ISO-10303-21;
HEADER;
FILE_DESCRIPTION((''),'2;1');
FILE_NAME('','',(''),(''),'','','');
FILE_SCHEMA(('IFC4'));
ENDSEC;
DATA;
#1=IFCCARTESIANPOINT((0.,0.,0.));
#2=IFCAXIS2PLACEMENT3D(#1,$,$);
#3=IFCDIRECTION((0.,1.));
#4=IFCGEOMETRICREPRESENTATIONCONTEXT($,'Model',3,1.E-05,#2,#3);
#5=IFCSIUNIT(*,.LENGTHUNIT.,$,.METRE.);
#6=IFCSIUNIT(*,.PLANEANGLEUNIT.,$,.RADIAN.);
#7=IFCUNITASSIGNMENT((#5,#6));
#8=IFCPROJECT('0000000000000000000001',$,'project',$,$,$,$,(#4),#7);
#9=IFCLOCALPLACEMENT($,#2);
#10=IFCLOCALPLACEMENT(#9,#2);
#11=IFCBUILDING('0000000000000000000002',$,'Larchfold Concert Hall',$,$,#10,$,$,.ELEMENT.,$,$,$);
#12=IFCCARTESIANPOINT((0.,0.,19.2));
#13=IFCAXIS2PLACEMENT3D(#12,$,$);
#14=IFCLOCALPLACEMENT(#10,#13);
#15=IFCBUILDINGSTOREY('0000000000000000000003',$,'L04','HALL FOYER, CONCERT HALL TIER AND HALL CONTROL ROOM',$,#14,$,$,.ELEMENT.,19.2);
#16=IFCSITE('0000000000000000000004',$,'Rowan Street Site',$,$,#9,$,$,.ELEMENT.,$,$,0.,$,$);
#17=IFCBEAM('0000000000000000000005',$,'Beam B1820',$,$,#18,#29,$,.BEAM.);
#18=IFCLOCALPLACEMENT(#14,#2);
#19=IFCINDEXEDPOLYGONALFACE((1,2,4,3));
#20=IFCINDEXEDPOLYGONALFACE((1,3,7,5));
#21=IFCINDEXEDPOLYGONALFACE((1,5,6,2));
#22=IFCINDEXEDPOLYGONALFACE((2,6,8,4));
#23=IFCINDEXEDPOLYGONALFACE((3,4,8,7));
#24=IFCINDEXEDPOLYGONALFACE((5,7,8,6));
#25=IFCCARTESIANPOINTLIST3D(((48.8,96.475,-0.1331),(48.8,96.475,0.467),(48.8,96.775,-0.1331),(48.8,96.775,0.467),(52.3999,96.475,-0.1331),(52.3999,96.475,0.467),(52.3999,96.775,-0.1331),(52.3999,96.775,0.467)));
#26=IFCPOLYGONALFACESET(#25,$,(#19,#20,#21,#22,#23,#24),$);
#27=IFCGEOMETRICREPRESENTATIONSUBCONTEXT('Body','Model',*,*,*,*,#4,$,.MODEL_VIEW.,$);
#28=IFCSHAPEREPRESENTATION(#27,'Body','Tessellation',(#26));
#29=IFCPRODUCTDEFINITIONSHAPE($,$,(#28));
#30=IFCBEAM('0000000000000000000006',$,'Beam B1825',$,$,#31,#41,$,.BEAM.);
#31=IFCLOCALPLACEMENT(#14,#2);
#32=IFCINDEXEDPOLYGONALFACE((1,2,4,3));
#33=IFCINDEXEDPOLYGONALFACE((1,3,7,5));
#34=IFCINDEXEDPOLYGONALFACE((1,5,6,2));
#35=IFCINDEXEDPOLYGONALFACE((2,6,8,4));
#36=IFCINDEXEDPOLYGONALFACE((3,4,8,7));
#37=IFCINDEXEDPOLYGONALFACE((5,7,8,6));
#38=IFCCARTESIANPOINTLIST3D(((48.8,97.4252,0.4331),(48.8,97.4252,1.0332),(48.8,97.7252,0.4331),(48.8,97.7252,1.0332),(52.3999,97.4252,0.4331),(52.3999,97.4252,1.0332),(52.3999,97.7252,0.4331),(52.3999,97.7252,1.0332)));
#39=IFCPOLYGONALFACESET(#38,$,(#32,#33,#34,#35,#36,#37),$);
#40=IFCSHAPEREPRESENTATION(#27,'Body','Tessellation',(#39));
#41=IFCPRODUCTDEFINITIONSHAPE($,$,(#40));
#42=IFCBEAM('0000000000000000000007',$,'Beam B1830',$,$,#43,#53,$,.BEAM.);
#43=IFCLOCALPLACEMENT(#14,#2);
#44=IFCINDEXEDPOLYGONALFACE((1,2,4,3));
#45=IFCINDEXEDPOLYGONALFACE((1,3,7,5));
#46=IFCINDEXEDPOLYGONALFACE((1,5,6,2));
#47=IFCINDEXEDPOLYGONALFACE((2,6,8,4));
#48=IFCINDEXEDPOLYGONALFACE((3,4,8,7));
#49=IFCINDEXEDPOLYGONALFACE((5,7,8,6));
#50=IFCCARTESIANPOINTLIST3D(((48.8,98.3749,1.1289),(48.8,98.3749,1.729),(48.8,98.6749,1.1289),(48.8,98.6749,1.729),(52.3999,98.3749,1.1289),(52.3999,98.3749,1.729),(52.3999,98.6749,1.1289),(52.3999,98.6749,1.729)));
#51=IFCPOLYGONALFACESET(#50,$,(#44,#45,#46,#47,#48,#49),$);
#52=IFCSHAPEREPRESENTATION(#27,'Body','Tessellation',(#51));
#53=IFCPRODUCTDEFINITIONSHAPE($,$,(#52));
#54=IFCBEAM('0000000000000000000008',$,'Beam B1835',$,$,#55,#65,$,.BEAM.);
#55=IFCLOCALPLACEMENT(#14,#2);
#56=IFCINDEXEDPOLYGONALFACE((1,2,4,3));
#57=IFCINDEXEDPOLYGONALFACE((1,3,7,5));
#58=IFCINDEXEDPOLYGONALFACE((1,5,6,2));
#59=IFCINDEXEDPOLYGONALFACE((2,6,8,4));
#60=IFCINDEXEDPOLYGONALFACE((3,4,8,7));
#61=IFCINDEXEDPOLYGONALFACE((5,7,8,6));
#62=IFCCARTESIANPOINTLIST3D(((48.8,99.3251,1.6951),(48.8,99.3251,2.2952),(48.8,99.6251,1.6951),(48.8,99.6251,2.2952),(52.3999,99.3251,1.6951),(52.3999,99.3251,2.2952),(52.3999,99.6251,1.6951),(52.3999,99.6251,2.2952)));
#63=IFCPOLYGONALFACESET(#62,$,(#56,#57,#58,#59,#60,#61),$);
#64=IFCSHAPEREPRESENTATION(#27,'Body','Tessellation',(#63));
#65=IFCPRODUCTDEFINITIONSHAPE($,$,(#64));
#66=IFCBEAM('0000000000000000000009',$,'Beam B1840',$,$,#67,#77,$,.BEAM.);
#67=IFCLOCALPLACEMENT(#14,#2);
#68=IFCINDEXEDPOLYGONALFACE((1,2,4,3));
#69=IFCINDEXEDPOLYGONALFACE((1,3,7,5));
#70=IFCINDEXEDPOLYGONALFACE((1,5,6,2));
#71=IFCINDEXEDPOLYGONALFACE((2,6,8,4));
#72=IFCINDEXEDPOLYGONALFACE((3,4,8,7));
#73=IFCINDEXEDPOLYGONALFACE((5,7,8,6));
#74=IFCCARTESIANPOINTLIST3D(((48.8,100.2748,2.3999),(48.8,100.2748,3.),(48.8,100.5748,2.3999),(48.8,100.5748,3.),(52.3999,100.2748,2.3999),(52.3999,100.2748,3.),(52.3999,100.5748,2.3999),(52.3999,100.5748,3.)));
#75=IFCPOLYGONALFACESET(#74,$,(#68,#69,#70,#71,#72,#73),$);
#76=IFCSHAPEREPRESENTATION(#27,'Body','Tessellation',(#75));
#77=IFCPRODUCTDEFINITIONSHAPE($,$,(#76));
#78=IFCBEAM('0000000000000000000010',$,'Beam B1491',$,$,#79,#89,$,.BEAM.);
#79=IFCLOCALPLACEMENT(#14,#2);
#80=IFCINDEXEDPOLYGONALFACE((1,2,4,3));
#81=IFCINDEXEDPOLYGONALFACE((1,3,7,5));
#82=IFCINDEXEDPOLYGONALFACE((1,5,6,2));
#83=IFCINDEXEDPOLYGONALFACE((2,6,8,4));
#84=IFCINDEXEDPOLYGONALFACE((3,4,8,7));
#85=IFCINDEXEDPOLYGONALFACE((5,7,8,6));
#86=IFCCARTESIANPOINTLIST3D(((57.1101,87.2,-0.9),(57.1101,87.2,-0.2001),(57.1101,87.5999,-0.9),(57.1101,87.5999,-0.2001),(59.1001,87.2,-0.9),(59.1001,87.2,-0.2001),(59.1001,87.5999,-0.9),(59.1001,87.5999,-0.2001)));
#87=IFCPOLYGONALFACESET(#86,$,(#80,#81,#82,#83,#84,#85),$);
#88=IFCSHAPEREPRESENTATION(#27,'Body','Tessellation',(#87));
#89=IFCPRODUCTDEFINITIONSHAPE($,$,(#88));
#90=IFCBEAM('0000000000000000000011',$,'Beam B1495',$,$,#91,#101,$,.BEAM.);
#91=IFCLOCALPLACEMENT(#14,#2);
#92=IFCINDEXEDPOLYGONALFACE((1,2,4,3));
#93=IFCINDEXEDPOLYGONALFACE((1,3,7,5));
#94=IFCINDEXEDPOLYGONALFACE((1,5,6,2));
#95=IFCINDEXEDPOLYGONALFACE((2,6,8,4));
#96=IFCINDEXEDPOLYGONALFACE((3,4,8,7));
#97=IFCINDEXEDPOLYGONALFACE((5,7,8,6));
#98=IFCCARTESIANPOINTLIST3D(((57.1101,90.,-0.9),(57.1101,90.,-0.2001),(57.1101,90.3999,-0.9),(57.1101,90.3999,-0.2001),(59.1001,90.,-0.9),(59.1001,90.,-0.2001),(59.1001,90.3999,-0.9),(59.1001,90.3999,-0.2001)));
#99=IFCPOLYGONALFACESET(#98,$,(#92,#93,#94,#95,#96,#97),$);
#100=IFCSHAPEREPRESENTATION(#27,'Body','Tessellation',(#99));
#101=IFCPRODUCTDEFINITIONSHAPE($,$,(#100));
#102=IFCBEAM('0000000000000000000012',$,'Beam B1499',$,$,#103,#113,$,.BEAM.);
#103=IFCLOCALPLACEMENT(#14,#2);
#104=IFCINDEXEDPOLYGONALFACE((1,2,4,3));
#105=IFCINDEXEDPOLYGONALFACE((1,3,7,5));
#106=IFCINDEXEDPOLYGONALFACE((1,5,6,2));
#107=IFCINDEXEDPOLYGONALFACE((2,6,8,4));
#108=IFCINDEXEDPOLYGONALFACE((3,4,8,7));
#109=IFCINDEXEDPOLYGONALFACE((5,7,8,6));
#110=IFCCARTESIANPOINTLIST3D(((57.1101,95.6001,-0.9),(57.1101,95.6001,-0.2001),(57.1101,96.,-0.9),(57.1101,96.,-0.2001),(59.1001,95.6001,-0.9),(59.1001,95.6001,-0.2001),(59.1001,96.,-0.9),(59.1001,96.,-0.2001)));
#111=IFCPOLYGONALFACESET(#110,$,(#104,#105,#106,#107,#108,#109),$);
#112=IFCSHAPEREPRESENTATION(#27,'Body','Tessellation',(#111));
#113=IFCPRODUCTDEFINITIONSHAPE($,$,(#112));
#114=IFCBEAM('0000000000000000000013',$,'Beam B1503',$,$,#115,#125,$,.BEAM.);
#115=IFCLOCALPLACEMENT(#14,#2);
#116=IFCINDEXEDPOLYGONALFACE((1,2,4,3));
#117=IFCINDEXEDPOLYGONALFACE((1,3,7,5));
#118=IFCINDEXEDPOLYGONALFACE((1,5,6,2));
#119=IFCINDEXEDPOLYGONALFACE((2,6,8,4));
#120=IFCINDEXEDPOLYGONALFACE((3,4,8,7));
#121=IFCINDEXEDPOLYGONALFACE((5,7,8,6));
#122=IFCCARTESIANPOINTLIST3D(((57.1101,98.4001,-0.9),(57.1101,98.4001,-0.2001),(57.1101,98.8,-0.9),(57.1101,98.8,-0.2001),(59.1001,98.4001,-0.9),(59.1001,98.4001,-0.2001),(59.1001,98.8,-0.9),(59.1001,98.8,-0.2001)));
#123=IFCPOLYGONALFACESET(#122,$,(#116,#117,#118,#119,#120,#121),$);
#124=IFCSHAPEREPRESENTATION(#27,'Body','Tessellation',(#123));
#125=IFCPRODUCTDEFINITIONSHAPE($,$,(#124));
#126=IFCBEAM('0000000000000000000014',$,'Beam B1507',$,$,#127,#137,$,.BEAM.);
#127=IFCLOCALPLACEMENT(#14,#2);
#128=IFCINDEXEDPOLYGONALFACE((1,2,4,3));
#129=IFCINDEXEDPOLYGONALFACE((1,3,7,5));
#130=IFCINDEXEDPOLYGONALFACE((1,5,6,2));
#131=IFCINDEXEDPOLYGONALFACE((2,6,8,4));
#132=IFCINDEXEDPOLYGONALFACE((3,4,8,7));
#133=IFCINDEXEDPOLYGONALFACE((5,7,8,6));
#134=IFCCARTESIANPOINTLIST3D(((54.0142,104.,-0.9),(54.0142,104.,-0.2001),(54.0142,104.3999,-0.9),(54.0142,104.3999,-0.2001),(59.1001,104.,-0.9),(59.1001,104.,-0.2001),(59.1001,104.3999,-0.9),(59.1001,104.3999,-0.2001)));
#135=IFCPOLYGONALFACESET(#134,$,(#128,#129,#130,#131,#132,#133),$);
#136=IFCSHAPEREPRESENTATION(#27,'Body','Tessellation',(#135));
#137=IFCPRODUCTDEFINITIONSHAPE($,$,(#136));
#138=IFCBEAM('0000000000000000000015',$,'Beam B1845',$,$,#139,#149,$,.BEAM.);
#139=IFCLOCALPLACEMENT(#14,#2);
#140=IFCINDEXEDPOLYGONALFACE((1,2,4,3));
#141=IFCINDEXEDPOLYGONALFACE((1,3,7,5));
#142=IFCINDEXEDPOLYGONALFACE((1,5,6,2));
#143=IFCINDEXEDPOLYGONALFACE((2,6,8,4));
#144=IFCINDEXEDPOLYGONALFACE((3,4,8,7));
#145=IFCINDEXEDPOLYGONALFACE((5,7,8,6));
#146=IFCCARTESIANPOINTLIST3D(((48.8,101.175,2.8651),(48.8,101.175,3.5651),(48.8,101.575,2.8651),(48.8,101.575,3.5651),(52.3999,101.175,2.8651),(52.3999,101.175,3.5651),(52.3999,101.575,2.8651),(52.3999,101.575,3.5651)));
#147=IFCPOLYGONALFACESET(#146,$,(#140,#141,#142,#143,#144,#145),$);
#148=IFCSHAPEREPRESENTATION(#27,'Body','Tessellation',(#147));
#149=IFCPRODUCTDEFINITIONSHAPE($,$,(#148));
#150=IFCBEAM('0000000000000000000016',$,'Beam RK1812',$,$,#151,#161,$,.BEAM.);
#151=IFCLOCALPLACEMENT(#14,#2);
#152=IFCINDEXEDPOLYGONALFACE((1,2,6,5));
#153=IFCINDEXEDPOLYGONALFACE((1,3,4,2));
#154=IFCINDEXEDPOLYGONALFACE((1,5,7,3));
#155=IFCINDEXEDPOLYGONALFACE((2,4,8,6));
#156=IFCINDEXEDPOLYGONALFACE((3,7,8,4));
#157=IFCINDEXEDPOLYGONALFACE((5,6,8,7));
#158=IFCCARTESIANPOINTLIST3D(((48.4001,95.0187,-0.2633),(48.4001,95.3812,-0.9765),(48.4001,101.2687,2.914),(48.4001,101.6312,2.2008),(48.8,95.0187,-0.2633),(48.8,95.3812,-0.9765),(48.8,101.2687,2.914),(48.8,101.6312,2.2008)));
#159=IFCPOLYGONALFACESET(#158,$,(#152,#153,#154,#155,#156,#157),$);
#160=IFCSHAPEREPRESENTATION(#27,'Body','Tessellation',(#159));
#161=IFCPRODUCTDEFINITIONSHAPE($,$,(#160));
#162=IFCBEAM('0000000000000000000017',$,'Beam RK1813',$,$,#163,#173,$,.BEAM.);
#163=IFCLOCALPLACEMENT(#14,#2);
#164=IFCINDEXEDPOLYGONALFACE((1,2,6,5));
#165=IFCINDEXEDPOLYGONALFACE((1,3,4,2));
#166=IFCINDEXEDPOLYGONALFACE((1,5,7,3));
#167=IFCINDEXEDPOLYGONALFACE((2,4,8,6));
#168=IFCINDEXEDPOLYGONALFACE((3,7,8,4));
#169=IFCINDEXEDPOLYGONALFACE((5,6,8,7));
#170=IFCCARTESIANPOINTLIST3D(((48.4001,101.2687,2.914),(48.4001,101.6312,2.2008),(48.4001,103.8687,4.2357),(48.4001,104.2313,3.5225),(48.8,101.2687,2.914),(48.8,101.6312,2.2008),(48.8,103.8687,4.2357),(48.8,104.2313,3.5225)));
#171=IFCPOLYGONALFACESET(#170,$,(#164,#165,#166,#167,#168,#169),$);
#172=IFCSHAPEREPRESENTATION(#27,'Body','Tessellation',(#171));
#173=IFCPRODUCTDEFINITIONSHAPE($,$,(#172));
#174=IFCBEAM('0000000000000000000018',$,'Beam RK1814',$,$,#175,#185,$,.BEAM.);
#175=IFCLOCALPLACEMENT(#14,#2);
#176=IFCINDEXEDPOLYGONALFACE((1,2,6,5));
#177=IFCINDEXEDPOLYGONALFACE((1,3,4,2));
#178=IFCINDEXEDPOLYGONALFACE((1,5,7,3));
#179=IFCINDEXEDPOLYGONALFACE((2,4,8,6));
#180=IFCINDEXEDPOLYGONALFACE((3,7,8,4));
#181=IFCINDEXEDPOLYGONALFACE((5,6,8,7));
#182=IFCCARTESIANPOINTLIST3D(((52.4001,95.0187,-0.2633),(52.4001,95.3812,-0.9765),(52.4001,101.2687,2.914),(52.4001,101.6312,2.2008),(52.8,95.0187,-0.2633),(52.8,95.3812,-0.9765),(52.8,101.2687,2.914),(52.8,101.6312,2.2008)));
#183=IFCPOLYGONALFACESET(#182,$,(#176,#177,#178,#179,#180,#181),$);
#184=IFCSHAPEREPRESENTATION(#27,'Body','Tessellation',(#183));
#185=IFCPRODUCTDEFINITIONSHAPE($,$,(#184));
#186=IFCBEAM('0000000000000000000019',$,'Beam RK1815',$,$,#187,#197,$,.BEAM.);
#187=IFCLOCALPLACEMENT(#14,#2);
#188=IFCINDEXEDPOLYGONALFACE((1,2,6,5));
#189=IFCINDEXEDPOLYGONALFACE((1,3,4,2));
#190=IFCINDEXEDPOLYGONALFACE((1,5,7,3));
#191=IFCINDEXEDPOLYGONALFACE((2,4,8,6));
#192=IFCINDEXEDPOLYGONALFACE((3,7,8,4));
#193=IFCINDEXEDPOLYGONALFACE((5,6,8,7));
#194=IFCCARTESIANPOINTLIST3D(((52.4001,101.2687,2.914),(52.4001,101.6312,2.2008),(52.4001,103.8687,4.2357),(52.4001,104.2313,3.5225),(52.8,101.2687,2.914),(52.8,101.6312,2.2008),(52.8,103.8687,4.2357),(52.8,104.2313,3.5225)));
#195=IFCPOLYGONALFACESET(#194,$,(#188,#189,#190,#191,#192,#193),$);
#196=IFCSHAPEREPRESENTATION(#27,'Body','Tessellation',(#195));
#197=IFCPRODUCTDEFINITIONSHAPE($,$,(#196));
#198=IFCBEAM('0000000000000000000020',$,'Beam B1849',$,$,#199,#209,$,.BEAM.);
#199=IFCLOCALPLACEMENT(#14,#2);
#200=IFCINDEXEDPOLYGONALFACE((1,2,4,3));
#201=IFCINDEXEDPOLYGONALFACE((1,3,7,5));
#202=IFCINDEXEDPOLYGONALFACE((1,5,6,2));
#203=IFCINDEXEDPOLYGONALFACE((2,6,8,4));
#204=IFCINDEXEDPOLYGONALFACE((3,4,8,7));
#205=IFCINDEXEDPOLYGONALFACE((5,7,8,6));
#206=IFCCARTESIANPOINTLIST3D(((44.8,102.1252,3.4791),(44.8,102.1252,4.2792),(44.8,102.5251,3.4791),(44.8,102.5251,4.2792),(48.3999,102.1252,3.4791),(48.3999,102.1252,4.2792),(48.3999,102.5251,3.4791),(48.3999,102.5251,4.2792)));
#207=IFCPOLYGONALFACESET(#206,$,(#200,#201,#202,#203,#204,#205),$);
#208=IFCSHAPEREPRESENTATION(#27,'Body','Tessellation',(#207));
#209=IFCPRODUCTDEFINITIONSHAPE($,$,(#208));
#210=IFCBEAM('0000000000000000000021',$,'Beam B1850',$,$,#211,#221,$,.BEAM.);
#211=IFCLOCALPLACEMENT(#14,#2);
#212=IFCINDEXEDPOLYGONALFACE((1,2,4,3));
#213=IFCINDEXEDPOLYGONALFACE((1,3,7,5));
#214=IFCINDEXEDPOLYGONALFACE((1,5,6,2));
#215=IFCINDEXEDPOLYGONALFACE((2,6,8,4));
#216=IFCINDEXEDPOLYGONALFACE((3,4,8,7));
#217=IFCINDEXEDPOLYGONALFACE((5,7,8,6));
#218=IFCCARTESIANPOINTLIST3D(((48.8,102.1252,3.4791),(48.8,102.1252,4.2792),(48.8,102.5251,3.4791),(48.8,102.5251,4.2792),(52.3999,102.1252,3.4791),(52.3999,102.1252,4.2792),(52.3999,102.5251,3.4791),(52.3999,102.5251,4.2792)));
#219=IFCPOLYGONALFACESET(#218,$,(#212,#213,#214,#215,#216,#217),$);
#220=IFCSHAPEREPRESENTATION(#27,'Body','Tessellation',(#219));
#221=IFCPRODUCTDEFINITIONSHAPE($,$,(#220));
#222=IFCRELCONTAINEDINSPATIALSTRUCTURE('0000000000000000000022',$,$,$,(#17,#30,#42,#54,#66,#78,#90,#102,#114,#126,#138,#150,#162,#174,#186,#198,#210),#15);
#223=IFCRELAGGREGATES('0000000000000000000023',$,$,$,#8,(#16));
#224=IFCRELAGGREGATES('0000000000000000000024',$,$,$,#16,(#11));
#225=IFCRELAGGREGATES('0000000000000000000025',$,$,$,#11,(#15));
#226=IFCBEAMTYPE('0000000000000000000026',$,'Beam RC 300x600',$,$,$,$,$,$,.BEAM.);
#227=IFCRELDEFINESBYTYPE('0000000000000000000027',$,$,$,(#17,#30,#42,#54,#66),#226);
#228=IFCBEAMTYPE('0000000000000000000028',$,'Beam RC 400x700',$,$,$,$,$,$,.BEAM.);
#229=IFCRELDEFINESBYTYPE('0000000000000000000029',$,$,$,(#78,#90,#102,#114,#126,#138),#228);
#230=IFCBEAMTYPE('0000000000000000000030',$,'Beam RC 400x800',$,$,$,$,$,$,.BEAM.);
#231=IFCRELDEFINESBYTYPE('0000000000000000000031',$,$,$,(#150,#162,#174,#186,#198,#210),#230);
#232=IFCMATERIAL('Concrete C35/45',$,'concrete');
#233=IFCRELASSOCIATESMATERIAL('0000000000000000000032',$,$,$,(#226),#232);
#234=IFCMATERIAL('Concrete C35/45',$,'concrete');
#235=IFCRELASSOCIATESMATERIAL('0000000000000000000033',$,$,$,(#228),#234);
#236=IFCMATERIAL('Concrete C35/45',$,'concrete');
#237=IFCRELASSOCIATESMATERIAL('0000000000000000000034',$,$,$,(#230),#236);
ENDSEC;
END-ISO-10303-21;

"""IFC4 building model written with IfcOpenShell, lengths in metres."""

from ifc_helpers import new_model, si_unit, direction, frame, origin, origin_2d, place, context, subcontext, project, spatial, rectangle, extrude, material, material_profile, profile_set, type_object, element, save


model = new_model("IFC4")

# Units and contexts
model_context = context("Model", 3, precision=1e-05, world=origin(), true_north=direction((0.0, 1.0)))
body_context = subcontext(model_context, "Body", "Model", "MODEL_VIEW")
ifc_project = project(units=[si_unit("LENGTHUNIT", "METRE"), si_unit("PLANEANGLEUNIT", "RADIAN")], contexts=[model_context])

# Site, building, storey
site_placement = place(None, origin())
site = spatial("IfcSite", under=ifc_project, at=site_placement, Name="Rowan Street Site", CompositionType="ELEMENT", RefElevation=0.0)
building_placement = place(site_placement, origin())
building = spatial("IfcBuilding", under=site, at=building_placement, Name="Larchfold Concert Hall", CompositionType="ELEMENT")
storey_placement = place(building_placement, frame((0.0, 0.0, 19.2)))
storey = spatial("IfcBuildingStorey", under=building, at=storey_placement, Name="L04", Description="HALL FOYER, CONCERT HALL TIER AND HALL CONTROL ROOM", CompositionType="ELEMENT", Elevation=19.2)

# Beams
ifc_material_1 = material(Name="Concrete C35/45", Category="concrete")
ifc_material_profile_1 = material_profile(ifc_material_1, rectangle(XDim=0.3, YDim=0.6001, at=origin_2d()))
ifc_profile_set_1 = profile_set([ifc_material_profile_1], Name="Concrete C35/45")
beam_type_1 = type_object("IfcBeamType", Name="Beam RC 300x600", PredefinedType="BEAM", material=ifc_profile_set_1)
for number, where, z_axis, x_axis, name in (
    (1, (48.8, 96.625, 0.167), (1.0, 0.0, 0.0), (0.0, 1.0, 0.0), "Beam B1820"),
    (2, (48.8, 97.5752, 0.7332), (1.0, 0.0, 0.0), (0.0, 1.0, 0.0), "Beam B1825"),
    (3, (48.8, 98.5249, 1.429), (1.0, 0.0, 0.0), (0.0, 1.0, 0.0), "Beam B1830"),
    (4, (48.8, 99.4751, 1.9951), (1.0, 0.0, 0.0), (0.0, 1.0, 0.0), "Beam B1835"),
    (5, (48.8, 100.4248, 2.7), (1.0, 0.0, 0.0), (0.0, 1.0, 0.0), "Beam B1840"),
):
    element("IfcBeam", number, at=place(storey_placement, frame(where, z_axis=z_axis, x_axis=x_axis)), inside=storey, type_object=beam_type_1, Name=name, PredefinedType="BEAM", context=body_context, shape_type="SweptSolid", body=[
        extrude(rectangle(XDim=0.3, YDim=0.6001, at=origin_2d()), origin(), (0.0, 0.0, 1.0), 3.5999),
    ])
ifc_material_2 = material(Name="Concrete C35/45", Category="concrete")
ifc_material_profile_2 = material_profile(ifc_material_2, rectangle(XDim=0.3999, YDim=0.7, at=origin_2d()))
ifc_profile_set_2 = profile_set([ifc_material_profile_2], Name="Concrete C35/45")
beam_type_2 = type_object("IfcBeamType", Name="Beam RC 400x700", PredefinedType="BEAM", material=ifc_profile_set_2)
for number, where, z_axis, x_axis, name in (
    (6, (57.1101, 87.3999, -0.55), (1.0, 0.0, 0.0), (0.0, 1.0, 0.0), "Beam B1491"),
    (7, (57.1101, 90.2, -0.55), (1.0, 0.0, 0.0), (0.0, 1.0, 0.0), "Beam B1495"),
    (8, (57.1101, 95.8, -0.55), (1.0, 0.0, 0.0), (0.0, 1.0, 0.0), "Beam B1499"),
    (9, (57.1101, 98.6001, -0.55), (1.0, 0.0, 0.0), (0.0, 1.0, 0.0), "Beam B1503"),
):
    element("IfcBeam", number, at=place(storey_placement, frame(where, z_axis=z_axis, x_axis=x_axis)), inside=storey, type_object=beam_type_2, Name=name, PredefinedType="BEAM", context=body_context, shape_type="SweptSolid", body=[
        extrude(rectangle(XDim=0.3999, YDim=0.7, at=origin_2d()), origin(), (0.0, 0.0, 1.0), 1.99),
    ])
beam_1_placement = place(storey_placement, frame((54.0142, 104.2, -0.55), z_axis=(1.0, 0.0, 0.0), x_axis=(0.0, 1.0, 0.0)))
element("IfcBeam", 10, at=beam_1_placement, inside=storey, type_object=beam_type_2, Name="Beam B1507", PredefinedType="BEAM", context=body_context, shape_type="SweptSolid", body=[
    extrude(rectangle(XDim=0.3999, YDim=0.7, at=origin_2d()), origin(), (0.0, 0.0, 1.0), 5.0859),
])
beam_2_placement = place(storey_placement, frame((48.8, 101.375, 3.2151), z_axis=(1.0, 0.0, 0.0), x_axis=(0.0, 1.0, 0.0)))
element("IfcBeam", 11, at=beam_2_placement, inside=storey, type_object=beam_type_2, Name="Beam B1845", PredefinedType="BEAM", context=body_context, shape_type="SweptSolid", body=[
    extrude(rectangle(XDim=0.3999, YDim=0.7, at=origin_2d()), origin(), (0.0, 0.0, 1.0), 3.5999),
])
ifc_material_3 = material(Name="Concrete C35/45", Category="concrete")
ifc_material_profile_3 = material_profile(ifc_material_3, rectangle(XDim=0.3999, YDim=0.8, at=origin_2d()))
ifc_profile_set_3 = profile_set([ifc_material_profile_3], Name="Concrete C35/45")
beam_type_3 = type_object("IfcBeamType", Name="Beam RC 400x800", PredefinedType="BEAM", material=ifc_profile_set_3)
beam_3_placement = place(storey_placement, frame((48.6001, 95.2, -0.6199), z_axis=(0.0, 0.891427, 0.453165), x_axis=(-1.0, 0.0, 0.0)))
element("IfcBeam", 12, at=beam_3_placement, inside=storey, type_object=beam_type_3, Name="Beam RK1812", PredefinedType="BEAM", context=body_context, shape_type="SweptSolid", body=[
    extrude(rectangle(XDim=0.3999, YDim=0.8, at=origin_2d()), origin(), (0.0, 0.0, 1.0), 7.0112),
])
beam_4_placement = place(storey_placement, frame((48.6001, 101.45, 2.5574), z_axis=(0.0, 0.891428, 0.453163), x_axis=(-1.0, 0.0, 0.0)))
element("IfcBeam", 13, at=beam_4_placement, inside=storey, type_object=beam_type_3, Name="Beam RK1813", PredefinedType="BEAM", context=body_context, shape_type="SweptSolid", body=[
    extrude(rectangle(XDim=0.3999, YDim=0.8, at=origin_2d()), origin(), (0.0, 0.0, 1.0), 2.9167),
])
beam_5_placement = place(storey_placement, frame((52.6001, 95.2, -0.6199), z_axis=(0.0, 0.891427, 0.453165), x_axis=(-1.0, 0.0, 0.0)))
element("IfcBeam", 14, at=beam_5_placement, inside=storey, type_object=beam_type_3, Name="Beam RK1814", PredefinedType="BEAM", context=body_context, shape_type="SweptSolid", body=[
    extrude(rectangle(XDim=0.3999, YDim=0.8, at=origin_2d()), origin(), (0.0, 0.0, 1.0), 7.0112),
])
beam_6_placement = place(storey_placement, frame((52.6001, 101.45, 2.5574), z_axis=(0.0, 0.891428, 0.453163), x_axis=(-1.0, 0.0, 0.0)))
element("IfcBeam", 15, at=beam_6_placement, inside=storey, type_object=beam_type_3, Name="Beam RK1815", PredefinedType="BEAM", context=body_context, shape_type="SweptSolid", body=[
    extrude(rectangle(XDim=0.3999, YDim=0.8, at=origin_2d()), origin(), (0.0, 0.0, 1.0), 2.9167),
])
for number, where, z_axis, x_axis, name in (
    (16, (44.8, 102.3252, 3.8792), (1.0, 0.0, 0.0), (0.0, 1.0, 0.0), "Beam B1849"),
    (17, (48.8, 102.3252, 3.8792), (1.0, 0.0, 0.0), (0.0, 1.0, 0.0), "Beam B1850"),
):
    element("IfcBeam", number, at=place(storey_placement, frame(where, z_axis=z_axis, x_axis=x_axis)), inside=storey, type_object=beam_type_3, Name=name, PredefinedType="BEAM", context=body_context, shape_type="SweptSolid", body=[
        extrude(rectangle(XDim=0.3999, YDim=0.8, at=origin_2d()), origin(), (0.0, 0.0, 1.0), 3.5999),
    ])

save(model, "model.ifc")
